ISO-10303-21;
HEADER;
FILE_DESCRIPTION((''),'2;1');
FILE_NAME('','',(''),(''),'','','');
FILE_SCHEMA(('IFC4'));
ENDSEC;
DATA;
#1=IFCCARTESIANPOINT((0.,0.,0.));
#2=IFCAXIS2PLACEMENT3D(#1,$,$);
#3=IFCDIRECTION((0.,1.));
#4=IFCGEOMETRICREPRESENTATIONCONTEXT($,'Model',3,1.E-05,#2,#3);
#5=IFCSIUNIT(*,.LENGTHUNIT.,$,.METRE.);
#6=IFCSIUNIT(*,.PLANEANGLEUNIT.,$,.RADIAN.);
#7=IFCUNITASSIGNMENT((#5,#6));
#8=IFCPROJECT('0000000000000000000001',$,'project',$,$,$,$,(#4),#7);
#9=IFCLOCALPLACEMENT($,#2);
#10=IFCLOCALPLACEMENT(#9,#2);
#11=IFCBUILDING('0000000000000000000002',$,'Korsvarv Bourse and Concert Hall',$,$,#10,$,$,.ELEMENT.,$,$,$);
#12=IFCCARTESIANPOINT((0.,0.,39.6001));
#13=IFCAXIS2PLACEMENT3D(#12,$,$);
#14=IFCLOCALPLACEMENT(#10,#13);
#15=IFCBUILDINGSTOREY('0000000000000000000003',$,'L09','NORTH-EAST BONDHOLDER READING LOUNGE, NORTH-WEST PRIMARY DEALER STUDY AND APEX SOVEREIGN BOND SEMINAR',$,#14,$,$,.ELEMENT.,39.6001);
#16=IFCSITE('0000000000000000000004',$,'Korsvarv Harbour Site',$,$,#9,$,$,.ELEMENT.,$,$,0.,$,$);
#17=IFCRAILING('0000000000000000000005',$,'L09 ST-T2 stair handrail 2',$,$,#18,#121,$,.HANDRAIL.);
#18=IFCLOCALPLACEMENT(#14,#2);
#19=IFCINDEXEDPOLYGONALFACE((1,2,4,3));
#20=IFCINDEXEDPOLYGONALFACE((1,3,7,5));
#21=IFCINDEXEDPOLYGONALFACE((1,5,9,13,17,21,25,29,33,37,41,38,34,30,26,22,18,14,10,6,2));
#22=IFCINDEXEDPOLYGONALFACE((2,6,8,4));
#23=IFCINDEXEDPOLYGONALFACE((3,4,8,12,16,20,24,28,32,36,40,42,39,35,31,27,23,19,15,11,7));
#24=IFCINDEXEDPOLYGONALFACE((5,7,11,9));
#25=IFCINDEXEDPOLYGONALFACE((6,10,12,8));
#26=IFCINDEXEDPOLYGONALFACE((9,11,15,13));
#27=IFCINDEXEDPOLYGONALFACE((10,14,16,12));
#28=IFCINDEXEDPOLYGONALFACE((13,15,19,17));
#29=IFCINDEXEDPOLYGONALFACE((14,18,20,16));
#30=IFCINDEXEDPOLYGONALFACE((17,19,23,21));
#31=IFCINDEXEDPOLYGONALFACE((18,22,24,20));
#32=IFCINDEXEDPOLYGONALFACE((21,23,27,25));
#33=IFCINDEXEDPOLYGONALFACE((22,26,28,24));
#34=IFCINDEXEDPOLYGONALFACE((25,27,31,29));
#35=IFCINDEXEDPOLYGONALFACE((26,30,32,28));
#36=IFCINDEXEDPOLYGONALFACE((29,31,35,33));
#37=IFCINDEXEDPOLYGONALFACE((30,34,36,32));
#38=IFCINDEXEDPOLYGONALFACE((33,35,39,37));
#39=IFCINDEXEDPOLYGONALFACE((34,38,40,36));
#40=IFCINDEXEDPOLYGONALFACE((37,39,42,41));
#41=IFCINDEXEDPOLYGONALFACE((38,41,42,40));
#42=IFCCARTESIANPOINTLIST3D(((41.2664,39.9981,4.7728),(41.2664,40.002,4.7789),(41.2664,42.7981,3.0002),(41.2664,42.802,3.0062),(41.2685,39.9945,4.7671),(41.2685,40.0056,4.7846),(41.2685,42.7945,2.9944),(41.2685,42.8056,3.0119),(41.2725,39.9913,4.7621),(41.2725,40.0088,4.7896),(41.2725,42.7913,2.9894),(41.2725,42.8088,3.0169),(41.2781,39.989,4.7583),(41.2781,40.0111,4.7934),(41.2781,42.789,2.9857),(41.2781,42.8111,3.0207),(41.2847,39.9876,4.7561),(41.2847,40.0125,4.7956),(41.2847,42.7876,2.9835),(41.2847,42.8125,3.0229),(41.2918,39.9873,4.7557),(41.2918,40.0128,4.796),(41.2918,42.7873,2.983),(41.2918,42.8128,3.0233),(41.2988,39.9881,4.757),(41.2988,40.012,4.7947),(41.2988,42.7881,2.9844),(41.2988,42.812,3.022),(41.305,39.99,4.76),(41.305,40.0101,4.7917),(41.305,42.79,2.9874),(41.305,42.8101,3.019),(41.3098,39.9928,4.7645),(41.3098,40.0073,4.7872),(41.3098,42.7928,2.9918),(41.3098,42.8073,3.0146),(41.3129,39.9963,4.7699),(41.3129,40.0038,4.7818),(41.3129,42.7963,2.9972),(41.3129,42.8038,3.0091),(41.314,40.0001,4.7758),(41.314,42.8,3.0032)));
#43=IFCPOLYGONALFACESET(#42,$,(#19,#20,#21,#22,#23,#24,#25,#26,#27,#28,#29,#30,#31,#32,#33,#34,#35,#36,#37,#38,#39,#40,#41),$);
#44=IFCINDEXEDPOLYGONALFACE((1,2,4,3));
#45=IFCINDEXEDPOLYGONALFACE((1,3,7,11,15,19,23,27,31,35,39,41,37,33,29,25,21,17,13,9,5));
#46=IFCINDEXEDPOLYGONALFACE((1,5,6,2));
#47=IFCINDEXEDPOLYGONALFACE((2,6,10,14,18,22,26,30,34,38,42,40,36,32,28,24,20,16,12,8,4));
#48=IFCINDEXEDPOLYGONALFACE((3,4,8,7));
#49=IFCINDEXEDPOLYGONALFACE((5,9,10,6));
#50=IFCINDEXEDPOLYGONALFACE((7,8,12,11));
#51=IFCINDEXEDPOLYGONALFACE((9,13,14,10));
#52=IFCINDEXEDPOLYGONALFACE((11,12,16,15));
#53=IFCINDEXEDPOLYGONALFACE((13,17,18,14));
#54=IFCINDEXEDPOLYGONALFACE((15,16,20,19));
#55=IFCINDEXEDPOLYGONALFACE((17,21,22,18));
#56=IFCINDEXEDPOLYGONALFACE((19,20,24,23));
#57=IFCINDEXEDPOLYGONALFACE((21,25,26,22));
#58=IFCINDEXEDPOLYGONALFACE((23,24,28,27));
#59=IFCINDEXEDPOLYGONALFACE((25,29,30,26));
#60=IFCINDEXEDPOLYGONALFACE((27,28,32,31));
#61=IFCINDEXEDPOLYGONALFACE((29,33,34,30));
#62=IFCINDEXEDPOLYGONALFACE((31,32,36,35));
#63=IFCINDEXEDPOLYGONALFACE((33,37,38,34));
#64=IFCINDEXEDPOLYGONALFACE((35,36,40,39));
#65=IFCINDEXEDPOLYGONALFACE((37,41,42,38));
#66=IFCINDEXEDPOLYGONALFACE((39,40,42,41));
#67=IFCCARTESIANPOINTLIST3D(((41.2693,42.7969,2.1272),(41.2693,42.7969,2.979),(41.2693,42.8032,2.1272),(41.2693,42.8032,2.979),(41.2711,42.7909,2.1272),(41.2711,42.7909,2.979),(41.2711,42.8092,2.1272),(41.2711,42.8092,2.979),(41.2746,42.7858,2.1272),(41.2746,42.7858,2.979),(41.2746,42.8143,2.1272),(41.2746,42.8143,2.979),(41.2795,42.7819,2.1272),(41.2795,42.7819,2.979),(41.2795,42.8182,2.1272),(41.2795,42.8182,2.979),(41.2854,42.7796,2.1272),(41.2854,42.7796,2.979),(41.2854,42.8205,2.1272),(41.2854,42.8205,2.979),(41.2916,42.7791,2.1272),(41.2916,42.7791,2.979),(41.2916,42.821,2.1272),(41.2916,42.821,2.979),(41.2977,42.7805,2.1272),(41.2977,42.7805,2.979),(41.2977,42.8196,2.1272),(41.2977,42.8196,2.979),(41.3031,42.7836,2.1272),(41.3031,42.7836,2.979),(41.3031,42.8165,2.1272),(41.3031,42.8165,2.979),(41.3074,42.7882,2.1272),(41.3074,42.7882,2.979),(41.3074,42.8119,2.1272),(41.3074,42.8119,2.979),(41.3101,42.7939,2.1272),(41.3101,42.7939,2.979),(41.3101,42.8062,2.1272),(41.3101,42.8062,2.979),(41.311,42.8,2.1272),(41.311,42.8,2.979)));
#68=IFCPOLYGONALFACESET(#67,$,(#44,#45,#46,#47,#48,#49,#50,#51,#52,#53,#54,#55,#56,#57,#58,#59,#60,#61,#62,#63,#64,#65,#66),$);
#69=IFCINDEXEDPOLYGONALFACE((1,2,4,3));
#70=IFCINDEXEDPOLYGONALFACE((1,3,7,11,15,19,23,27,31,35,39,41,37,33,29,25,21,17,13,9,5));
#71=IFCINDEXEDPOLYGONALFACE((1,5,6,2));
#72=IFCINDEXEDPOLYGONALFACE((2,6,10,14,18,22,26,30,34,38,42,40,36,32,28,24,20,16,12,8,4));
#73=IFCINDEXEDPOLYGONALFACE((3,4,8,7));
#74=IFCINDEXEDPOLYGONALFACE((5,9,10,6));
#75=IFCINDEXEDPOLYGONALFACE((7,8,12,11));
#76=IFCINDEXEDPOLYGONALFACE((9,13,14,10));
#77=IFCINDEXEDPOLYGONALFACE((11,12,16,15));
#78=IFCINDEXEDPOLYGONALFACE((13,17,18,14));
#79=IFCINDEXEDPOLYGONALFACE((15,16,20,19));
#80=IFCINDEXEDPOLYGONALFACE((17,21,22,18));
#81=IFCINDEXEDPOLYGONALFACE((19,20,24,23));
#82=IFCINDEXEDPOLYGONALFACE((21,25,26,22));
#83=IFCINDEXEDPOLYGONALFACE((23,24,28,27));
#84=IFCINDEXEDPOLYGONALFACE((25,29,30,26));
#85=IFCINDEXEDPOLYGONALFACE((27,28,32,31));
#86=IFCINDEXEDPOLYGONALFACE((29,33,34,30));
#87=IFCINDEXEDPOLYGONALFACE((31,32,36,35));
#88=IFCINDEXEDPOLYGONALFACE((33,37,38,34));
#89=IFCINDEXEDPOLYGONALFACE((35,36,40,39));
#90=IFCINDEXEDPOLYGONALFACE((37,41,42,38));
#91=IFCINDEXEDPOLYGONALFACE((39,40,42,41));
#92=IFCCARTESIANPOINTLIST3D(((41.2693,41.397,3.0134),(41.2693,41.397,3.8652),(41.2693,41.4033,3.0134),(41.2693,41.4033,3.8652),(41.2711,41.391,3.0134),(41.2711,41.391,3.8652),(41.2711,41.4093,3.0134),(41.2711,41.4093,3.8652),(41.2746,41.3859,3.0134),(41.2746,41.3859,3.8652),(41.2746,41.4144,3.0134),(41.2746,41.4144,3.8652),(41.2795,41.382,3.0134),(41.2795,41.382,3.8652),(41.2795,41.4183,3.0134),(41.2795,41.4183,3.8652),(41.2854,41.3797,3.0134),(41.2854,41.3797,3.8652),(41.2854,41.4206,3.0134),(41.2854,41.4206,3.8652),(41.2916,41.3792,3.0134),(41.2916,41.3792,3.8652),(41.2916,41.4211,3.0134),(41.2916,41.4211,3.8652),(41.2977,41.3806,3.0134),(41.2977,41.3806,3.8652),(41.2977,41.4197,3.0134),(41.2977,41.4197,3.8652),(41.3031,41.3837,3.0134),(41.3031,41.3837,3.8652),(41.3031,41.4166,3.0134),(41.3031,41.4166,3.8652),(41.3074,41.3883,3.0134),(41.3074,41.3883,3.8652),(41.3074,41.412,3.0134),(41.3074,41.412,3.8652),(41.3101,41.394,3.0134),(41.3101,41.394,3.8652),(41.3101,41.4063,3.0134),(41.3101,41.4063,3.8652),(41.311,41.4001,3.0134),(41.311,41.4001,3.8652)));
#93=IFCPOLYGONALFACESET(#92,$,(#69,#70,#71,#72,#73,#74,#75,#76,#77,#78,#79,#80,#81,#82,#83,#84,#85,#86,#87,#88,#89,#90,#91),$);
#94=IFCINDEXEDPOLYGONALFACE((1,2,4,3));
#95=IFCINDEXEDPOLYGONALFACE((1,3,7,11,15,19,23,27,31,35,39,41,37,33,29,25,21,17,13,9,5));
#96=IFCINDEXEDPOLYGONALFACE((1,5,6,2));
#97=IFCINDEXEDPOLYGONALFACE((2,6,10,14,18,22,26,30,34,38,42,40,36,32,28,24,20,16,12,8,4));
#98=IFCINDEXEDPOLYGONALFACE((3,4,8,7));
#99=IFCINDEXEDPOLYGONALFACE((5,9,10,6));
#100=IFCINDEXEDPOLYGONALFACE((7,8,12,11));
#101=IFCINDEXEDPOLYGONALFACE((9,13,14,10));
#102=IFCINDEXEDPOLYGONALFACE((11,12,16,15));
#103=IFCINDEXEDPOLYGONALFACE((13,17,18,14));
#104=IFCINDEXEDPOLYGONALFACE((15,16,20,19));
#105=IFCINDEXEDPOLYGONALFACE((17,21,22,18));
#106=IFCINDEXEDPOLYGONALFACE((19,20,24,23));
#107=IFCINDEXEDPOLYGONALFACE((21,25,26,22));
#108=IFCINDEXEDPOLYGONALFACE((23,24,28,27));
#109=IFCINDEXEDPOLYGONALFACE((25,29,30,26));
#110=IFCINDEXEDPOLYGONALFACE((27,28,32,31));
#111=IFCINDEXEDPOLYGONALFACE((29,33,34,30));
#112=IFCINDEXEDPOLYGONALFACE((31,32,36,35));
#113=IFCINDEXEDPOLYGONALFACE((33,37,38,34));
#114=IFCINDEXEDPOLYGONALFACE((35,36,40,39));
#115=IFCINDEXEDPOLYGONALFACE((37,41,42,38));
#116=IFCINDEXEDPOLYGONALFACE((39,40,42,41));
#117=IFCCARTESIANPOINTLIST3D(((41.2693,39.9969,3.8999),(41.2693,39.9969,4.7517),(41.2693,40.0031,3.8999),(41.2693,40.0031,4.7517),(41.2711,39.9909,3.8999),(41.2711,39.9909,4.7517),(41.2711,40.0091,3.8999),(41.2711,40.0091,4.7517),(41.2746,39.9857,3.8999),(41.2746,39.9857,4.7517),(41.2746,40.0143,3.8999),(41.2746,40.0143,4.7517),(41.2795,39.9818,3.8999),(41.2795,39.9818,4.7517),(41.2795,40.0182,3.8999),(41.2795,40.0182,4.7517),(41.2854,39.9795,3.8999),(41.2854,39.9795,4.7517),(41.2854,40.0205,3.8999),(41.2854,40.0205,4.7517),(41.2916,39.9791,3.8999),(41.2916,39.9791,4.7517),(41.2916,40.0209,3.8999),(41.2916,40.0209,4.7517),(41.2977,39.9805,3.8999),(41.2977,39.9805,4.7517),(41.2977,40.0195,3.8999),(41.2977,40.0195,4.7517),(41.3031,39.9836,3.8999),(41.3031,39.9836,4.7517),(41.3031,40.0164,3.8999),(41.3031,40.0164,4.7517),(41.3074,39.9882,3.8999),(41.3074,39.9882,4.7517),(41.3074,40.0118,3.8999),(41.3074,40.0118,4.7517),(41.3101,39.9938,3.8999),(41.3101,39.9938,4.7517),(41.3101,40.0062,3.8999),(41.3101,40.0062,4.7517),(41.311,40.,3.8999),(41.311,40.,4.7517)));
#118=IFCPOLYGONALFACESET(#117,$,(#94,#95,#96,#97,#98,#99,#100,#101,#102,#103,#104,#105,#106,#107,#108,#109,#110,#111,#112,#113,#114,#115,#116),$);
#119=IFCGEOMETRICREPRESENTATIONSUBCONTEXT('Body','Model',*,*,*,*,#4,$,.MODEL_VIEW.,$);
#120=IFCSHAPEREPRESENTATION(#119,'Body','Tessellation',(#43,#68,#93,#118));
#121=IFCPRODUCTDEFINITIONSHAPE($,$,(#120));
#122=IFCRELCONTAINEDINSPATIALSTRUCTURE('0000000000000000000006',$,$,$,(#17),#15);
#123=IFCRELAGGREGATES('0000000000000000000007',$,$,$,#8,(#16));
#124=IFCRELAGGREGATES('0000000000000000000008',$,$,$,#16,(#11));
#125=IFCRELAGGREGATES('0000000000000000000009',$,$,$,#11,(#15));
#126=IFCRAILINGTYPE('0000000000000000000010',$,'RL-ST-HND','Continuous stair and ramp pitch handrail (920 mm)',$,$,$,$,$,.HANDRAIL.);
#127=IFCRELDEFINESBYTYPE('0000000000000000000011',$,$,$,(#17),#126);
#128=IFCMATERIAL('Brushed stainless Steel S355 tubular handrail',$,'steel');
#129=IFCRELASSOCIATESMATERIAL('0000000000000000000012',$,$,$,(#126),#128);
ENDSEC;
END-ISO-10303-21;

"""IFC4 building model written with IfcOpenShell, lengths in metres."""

from ifc_helpers import new_model, si_unit, direction, frame, origin, origin_2d, place, context, subcontext, project, spatial, circle, extrude, material, type_object, element, save


model = new_model("IFC4")

# Units and contexts
model_context = context("Model", 3, precision=1e-05, world=origin(), true_north=direction((0.0, 1.0)))
body_context = subcontext(model_context, "Body", "Model", "MODEL_VIEW")
ifc_project = project(units=[si_unit("LENGTHUNIT", "METRE"), si_unit("PLANEANGLEUNIT", "RADIAN")], contexts=[model_context])

# Site, building, storey
site_placement = place(None, origin())
site = spatial("IfcSite", under=ifc_project, at=site_placement, Name="Korsvarv Harbour Site", CompositionType="ELEMENT", RefElevation=0.0)
building_placement = place(site_placement, origin())
building = spatial("IfcBuilding", under=site, at=building_placement, Name="Korsvarv Bourse and Concert Hall", CompositionType="ELEMENT")
storey_placement = place(building_placement, frame((0.0, 0.0, 39.6001)))
storey = spatial("IfcBuildingStorey", under=building, at=storey_placement, Name="L09", Description="NORTH-EAST BONDHOLDER READING LOUNGE, NORTH-WEST PRIMARY DEALER STUDY AND APEX SOVEREIGN BOND SEMINAR", CompositionType="ELEMENT", Elevation=39.6001)

# Railing
ifc_material_1 = material(Name="Brushed stainless Steel S355 tubular handrail", Category="steel")
railing_type_1 = type_object("IfcRailingType", Name="RL-ST-HND", Description="Continuous stair and ramp pitch handrail (920 mm)", PredefinedType="HANDRAIL", material=ifc_material_1)
railing_1_placement = place(storey_placement, frame((41.29, 42.8, 2.1272)))
element("IfcRailing", 1, at=railing_1_placement, inside=storey, type_object=railing_type_1, Name="L09 ST-T2 stair handrail 2", PredefinedType="HANDRAIL", context=body_context, shape_type="SweptSolid", body=[
    extrude(circle(Radius=0.0239, at=origin_2d()), frame((0.0, 0.0, 0.876), z_axis=(0.0, -0.844909, 0.53491), x_axis=(1.0, 0.0, 0.0)), (0.0, 0.0, 1.0), 3.314),
    extrude(circle(Radius=0.021, at=origin_2d()), origin(), (0.0, 0.0, 1.0), 0.8518),
    extrude(circle(Radius=0.021, at=origin_2d()), frame((0.0, -1.3999, 0.8862)), (0.0, 0.0, 1.0), 0.8518),
    extrude(circle(Radius=0.021, at=origin_2d()), frame((0.0, -2.8, 1.7727)), (0.0, 0.0, 1.0), 0.8518),
])

save(model, "model.ifc")
